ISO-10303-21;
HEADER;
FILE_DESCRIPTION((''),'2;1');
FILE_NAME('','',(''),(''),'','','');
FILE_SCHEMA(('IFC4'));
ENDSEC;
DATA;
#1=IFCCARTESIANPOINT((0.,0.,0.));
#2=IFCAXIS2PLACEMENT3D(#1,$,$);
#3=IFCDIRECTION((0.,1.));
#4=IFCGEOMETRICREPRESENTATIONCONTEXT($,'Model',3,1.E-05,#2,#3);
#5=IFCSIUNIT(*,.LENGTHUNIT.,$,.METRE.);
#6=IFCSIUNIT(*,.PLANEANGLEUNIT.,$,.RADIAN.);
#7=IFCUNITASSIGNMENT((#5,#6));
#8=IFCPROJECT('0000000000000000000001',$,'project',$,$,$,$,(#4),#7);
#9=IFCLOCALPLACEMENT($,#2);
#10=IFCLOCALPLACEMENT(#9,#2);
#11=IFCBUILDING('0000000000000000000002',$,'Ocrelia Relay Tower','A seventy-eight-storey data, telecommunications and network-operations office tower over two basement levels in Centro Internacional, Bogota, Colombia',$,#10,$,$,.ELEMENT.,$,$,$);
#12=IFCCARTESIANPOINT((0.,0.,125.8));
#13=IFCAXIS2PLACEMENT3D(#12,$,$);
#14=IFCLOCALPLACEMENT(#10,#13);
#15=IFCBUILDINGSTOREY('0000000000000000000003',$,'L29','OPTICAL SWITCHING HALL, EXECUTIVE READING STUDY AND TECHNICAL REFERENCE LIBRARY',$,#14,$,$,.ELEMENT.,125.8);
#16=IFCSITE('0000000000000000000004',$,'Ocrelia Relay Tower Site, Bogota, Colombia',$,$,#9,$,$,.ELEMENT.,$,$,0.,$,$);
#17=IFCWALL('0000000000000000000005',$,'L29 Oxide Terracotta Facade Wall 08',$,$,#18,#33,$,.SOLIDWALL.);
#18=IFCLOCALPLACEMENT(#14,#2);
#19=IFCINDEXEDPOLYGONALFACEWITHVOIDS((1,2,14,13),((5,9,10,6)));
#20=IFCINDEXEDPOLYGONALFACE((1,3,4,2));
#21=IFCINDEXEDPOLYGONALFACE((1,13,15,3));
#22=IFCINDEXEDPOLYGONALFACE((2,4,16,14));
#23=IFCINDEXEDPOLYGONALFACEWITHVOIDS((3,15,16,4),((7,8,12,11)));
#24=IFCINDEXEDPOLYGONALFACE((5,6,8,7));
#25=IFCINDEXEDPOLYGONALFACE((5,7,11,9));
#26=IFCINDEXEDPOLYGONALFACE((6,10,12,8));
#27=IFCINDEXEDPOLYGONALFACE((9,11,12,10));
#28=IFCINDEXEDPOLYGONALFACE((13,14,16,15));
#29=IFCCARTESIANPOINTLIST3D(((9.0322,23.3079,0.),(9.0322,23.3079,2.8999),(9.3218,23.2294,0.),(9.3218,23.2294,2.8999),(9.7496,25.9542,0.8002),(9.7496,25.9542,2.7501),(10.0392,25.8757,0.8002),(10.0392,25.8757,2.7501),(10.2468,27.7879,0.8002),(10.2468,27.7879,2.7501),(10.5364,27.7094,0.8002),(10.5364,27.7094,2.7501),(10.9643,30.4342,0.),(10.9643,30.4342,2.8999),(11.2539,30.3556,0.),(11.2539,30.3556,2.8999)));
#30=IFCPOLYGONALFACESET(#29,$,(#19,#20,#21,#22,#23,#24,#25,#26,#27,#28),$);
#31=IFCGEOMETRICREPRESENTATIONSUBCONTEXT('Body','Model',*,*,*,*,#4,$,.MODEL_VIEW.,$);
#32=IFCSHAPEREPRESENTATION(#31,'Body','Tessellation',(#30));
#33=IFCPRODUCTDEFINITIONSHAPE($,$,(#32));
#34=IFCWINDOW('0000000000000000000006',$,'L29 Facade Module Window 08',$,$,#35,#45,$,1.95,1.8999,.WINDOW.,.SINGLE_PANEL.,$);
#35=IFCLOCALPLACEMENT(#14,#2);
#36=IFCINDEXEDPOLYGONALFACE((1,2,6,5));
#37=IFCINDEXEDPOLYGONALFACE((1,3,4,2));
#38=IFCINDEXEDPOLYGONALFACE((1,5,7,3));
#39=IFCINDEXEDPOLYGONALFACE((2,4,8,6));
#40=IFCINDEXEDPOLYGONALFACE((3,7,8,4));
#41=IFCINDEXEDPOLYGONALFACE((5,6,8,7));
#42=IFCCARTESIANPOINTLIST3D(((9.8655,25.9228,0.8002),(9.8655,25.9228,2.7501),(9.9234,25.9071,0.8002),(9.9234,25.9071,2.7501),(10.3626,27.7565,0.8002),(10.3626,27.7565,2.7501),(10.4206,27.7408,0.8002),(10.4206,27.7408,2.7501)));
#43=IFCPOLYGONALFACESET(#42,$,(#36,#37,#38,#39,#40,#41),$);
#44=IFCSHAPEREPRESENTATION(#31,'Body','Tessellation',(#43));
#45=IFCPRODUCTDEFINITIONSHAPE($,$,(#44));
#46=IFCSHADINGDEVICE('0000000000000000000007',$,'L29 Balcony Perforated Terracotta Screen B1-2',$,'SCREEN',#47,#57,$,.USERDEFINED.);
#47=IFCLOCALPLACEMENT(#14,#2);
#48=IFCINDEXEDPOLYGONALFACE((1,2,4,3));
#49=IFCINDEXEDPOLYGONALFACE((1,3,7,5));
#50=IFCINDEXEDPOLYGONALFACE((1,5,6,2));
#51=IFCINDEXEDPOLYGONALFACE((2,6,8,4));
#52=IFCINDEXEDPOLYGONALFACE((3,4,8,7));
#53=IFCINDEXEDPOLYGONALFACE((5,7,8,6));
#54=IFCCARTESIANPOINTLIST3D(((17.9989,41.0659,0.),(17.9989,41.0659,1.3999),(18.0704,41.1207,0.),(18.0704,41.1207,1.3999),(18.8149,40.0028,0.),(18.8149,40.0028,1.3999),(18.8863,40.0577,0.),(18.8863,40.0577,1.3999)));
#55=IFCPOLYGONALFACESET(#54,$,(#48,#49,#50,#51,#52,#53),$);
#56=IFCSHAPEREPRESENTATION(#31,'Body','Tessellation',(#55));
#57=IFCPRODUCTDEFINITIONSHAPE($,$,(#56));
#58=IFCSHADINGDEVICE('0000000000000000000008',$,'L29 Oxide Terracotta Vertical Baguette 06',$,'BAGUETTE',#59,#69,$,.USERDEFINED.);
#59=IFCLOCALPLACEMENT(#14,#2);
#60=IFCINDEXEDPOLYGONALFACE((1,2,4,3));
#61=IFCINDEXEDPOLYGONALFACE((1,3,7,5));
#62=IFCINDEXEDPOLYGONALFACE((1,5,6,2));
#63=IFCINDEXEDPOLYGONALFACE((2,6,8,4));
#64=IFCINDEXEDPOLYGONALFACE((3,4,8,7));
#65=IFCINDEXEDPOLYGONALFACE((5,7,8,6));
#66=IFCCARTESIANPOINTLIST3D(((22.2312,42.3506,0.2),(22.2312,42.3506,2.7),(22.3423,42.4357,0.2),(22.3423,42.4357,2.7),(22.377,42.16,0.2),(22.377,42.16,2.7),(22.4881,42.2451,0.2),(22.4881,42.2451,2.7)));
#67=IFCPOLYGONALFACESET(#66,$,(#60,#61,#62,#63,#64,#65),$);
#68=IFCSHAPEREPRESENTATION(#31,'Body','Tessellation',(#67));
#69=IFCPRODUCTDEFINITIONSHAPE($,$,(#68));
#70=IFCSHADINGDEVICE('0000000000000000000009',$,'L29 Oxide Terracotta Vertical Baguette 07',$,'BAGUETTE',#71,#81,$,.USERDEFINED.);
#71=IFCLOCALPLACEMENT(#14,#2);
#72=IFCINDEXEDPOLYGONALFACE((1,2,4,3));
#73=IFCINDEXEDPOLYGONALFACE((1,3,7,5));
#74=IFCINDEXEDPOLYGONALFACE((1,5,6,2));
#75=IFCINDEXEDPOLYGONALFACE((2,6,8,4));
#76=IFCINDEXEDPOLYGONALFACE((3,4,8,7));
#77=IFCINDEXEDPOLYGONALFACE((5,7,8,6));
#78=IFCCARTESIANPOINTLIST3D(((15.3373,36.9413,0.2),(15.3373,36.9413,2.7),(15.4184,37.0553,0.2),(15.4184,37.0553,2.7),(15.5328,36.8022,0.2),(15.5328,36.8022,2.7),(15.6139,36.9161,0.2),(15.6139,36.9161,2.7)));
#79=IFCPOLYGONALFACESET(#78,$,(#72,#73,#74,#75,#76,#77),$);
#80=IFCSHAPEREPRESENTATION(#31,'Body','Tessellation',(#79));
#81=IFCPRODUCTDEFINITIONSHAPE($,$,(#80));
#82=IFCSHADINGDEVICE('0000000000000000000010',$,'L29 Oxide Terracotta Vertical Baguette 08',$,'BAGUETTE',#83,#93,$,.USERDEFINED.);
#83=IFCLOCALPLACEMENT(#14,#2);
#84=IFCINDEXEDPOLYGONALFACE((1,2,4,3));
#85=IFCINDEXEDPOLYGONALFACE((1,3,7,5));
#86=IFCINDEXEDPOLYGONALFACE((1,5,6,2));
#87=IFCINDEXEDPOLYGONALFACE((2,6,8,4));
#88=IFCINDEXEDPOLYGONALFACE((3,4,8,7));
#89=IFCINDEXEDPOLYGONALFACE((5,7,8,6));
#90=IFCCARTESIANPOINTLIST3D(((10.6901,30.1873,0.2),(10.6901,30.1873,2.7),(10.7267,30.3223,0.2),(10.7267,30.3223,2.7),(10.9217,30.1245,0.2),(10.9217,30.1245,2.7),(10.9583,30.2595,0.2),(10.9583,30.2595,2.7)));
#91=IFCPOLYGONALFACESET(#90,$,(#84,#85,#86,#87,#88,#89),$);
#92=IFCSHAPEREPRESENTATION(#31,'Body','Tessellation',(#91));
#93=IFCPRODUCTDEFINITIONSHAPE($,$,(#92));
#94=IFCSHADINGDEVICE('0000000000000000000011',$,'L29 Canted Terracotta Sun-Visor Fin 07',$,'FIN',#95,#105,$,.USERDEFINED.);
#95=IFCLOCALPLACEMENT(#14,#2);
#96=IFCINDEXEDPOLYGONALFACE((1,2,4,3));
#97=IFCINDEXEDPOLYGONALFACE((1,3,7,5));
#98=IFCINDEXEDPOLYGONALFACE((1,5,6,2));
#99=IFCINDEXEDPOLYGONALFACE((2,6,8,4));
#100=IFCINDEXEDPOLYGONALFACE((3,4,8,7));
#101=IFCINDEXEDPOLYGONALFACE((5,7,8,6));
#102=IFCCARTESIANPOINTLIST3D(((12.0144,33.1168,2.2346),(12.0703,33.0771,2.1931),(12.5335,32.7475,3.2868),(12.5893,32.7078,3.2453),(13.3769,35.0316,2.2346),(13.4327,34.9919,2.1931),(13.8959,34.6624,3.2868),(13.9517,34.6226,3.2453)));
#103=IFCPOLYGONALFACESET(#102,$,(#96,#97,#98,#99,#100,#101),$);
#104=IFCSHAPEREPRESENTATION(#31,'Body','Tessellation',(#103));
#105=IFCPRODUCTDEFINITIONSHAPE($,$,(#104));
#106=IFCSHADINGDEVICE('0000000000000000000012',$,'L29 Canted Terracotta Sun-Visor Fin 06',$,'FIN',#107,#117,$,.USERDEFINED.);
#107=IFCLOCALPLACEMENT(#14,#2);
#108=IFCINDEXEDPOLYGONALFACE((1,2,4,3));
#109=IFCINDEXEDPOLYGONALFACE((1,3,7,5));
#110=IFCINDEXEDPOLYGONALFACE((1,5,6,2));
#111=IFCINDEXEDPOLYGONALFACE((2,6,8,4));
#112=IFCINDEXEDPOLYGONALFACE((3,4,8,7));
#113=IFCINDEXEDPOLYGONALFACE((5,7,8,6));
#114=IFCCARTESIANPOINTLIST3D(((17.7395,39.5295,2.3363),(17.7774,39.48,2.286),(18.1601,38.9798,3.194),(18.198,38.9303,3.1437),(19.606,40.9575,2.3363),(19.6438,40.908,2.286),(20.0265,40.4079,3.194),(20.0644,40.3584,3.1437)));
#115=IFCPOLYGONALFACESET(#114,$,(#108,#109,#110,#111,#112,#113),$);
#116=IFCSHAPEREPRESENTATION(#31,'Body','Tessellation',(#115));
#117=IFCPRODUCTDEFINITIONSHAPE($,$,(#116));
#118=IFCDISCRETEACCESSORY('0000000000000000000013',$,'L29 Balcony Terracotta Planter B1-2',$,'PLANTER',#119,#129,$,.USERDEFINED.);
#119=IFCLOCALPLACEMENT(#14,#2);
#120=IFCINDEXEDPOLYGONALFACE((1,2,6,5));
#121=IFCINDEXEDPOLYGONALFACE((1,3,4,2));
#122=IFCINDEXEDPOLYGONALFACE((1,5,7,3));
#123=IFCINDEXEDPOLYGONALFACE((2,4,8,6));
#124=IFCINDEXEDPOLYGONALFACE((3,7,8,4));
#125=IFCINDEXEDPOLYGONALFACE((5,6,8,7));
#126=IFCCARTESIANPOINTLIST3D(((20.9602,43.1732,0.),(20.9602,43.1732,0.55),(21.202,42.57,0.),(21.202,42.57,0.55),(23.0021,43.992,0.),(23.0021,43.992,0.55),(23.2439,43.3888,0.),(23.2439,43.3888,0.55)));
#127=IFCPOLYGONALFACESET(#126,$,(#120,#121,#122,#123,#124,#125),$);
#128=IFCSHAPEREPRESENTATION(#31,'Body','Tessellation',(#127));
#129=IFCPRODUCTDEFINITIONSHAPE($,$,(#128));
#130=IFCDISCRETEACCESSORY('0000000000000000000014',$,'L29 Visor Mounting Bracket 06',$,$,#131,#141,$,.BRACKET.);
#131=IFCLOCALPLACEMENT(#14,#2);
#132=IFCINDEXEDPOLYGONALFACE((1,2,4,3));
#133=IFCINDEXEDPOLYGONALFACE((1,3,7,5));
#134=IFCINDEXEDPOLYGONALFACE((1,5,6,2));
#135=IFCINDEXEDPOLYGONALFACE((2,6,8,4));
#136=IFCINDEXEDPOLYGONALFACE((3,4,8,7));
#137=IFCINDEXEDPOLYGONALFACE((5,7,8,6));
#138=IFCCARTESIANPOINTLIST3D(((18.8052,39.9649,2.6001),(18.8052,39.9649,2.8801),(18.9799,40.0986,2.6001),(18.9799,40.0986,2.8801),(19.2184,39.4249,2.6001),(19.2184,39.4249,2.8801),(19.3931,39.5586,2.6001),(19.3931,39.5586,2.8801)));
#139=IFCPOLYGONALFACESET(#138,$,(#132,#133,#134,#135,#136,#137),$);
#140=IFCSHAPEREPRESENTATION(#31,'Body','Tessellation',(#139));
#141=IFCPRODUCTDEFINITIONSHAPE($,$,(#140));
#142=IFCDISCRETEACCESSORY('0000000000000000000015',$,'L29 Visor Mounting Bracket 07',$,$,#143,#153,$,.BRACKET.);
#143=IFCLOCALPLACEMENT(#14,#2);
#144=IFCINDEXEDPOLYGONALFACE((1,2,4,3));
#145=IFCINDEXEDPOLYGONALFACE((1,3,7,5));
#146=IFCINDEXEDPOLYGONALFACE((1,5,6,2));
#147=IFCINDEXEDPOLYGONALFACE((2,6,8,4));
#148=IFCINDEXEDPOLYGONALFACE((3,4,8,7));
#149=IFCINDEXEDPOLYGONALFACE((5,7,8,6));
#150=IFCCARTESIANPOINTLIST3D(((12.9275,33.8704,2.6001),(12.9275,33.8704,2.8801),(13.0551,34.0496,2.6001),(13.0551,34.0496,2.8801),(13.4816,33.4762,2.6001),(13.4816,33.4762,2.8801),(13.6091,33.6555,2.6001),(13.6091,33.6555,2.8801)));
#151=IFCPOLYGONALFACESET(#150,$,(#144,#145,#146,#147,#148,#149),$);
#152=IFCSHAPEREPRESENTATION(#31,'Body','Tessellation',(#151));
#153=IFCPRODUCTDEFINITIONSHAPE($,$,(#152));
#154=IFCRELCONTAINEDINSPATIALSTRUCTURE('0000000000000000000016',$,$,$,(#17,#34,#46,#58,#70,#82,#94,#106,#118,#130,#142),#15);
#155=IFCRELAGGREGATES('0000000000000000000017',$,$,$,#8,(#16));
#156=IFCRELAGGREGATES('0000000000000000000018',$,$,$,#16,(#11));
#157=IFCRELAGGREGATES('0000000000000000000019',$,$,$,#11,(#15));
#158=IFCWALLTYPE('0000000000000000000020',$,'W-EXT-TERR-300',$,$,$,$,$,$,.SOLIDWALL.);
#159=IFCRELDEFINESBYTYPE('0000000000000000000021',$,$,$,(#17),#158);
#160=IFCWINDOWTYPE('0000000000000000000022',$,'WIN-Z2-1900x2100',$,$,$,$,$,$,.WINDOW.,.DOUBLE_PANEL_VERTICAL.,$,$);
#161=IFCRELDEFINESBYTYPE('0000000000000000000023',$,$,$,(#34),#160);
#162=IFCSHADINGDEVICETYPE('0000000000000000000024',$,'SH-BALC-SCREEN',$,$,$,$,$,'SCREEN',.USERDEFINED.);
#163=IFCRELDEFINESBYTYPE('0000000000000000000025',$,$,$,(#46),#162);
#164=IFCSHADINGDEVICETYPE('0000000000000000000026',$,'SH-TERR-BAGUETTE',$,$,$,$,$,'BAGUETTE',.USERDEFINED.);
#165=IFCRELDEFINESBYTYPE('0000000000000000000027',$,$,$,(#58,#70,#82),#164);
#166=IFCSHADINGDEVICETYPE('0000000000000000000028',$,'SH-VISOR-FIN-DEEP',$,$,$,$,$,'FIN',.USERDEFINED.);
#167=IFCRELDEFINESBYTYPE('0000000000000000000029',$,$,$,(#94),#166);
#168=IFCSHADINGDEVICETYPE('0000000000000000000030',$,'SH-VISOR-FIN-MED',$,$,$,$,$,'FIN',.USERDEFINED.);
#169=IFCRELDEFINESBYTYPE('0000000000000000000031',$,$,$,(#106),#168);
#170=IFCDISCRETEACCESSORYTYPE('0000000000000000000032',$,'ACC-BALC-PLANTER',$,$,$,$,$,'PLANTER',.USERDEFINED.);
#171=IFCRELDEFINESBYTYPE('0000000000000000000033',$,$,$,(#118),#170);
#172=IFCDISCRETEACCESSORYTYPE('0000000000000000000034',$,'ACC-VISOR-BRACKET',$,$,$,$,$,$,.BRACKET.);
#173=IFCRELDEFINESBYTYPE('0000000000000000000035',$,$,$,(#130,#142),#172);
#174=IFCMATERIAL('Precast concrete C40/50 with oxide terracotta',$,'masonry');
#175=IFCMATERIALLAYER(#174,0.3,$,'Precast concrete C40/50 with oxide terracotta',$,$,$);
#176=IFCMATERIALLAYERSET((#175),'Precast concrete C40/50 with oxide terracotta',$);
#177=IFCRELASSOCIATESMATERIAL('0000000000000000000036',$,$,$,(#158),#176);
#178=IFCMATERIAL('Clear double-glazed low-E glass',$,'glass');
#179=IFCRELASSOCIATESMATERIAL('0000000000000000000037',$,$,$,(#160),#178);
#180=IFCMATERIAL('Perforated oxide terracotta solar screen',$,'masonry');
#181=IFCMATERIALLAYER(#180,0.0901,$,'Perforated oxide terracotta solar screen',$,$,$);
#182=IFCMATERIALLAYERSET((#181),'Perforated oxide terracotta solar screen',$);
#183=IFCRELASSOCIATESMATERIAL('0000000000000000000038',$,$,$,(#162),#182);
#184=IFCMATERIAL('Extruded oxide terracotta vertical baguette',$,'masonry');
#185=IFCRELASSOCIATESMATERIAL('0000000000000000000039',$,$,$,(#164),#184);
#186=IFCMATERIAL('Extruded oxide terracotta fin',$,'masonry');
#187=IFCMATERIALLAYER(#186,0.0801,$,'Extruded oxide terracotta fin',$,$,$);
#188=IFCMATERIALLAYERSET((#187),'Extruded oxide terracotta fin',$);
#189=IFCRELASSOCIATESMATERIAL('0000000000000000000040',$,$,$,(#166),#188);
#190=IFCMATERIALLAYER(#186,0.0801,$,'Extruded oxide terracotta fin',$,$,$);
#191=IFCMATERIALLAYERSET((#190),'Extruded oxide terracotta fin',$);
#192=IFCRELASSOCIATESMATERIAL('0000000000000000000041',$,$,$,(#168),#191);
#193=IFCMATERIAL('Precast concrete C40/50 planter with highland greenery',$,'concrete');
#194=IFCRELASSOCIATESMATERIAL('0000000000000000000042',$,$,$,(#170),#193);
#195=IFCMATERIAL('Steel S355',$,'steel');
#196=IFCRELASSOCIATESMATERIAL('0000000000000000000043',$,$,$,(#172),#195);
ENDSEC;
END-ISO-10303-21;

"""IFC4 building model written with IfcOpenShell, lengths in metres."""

from ifc_helpers import new_model, si_unit, direction, frame, frame_2d, origin, origin_2d, place, context, subcontext, project, spatial, rectangle, extrude, material, layer, layer_set, type_object, element, fill, save


model = new_model("IFC4")

# Units and contexts
model_context = context("Model", 3, precision=1e-05, world=origin(), true_north=direction((0.0, 1.0)))
body_context = subcontext(model_context, "Body", "Model", "MODEL_VIEW")
ifc_project = project(units=[si_unit("LENGTHUNIT", "METRE"), si_unit("PLANEANGLEUNIT", "RADIAN")], contexts=[model_context])

# Site, building, storey
site_placement = place(None, origin())
site = spatial("IfcSite", under=ifc_project, at=site_placement, Name="Ocrelia Relay Tower Site, Bogota, Colombia", CompositionType="ELEMENT", RefElevation=0.0)
building_placement = place(site_placement, origin())
building = spatial("IfcBuilding", under=site, at=building_placement, Name="Ocrelia Relay Tower", Description="A seventy-eight-storey data, telecommunications and network-operations office tower over two basement levels in Centro Internacional, Bogota, Colombia", CompositionType="ELEMENT")
storey_placement = place(building_placement, frame((0.0, 0.0, 125.8)))
storey = spatial("IfcBuildingStorey", under=building, at=storey_placement, Name="L29", Description="OPTICAL SWITCHING HALL, EXECUTIVE READING STUDY AND TECHNICAL REFERENCE LIBRARY", CompositionType="ELEMENT", Elevation=125.8)

# Shared definitions
ifc_material_1 = material(Name="Steel S355", Category="steel")

# Wall, opening, window
ifc_material_2 = material(Name="Precast concrete C40/50 with oxide terracotta", Category="masonry")
ifc_layer_1 = layer(ifc_material_2, 0.3, Name="Precast concrete C40/50 with oxide terracotta")
ifc_layer_set_1 = layer_set([ifc_layer_1], Name="Precast concrete C40/50 with oxide terracotta")
wall_type_1 = type_object("IfcWallType", Name="W-EXT-TERR-300", PredefinedType="SOLIDWALL", material=ifc_layer_set_1)
ifc_material_3 = material(Name="Clear double-glazed low-E glass", Category="glass")
window_type = type_object("IfcWindowType", Name="WIN-Z2-1900x2100", PartitioningType="DOUBLE_PANEL_VERTICAL", PredefinedType="WINDOW", material=ifc_material_3)
wall_1_placement = place(storey_placement, frame((11.1091, 30.395, 0.0), z_axis=(0.0, 0.0, 1.0), x_axis=(-0.261682, -0.965154, 0.0)))
wall_1 = element("IfcWall", 1, at=wall_1_placement, inside=storey, type_object=wall_type_1, Name="L29 Oxide Terracotta Facade Wall 08", PredefinedType="SOLIDWALL", context=body_context, shape_type="SweptSolid", body=[
    extrude(rectangle(XDim=7.3835, YDim=0.3, at=frame_2d((3.6919, 0.0))), origin(), (0.0, 0.0, 1.0), 2.8999),
])
opening_1_placement = place(wall_1_placement, frame((2.7419, 0.0, 0.8)))
opening_1 = element("IfcOpeningElement", 2, at=opening_1_placement, cuts=wall_1, PredefinedType="OPENING", context=body_context, shape_type="SweptSolid", body=[
    extrude(rectangle(XDim=1.8999, YDim=1.95, at=frame_2d((0.95, 0.9751))), frame((0.0, 0.1602, 0.0), z_axis=(0.0, -1.0, 0.0), x_axis=(1.0, 0.0, 0.0)), (0.0, 0.0, 1.0), 0.3201),
])
window_1_placement = place(opening_1_placement, origin())
window_1 = element("IfcWindow", 3, at=window_1_placement, inside=storey, type_object=window_type, Name="L29 Facade Module Window 08", OverallHeight=1.95, OverallWidth=1.8999, PartitioningType="SINGLE_PANEL", PredefinedType="WINDOW", context=body_context, shape_type="SweptSolid", body=[
    extrude(rectangle(XDim=1.8999, YDim=1.95, at=frame_2d((0.95, 0.9751))), frame((0.0, 0.03, 0.0), z_axis=(0.0, -1.0, 0.0), x_axis=(1.0, 0.0, 0.0)), (0.0, 0.0, 1.0), 0.0601),
])
fill(opening_1, window_1)

# Shading devices
ifc_material_4 = material(Name="Perforated oxide terracotta solar screen", Category="masonry")
ifc_layer_2 = layer(ifc_material_4, 0.0901, Name="Perforated oxide terracotta solar screen")
ifc_layer_set_2 = layer_set([ifc_layer_2], Name="Perforated oxide terracotta solar screen")
shading_device_type_1 = type_object("IfcShadingDeviceType", Name="SH-BALC-SCREEN", ElementType="SCREEN", PredefinedType="USERDEFINED", material=ifc_layer_set_2)
shading_device_1_placement = place(storey_placement, frame((18.4426, 40.5618, 0.0), z_axis=(0.0, 0.0, 1.0), x_axis=(-0.60885, 0.793285, 0.0)))
element("IfcShadingDevice", 4, at=shading_device_1_placement, inside=storey, type_object=shading_device_type_1, Name="L29 Balcony Perforated Terracotta Screen B1-2", ObjectType="SCREEN", PredefinedType="USERDEFINED", context=body_context, shape_type="SweptSolid", body=[
    extrude(rectangle(XDim=1.3401, YDim=0.0901, at=origin_2d()), origin(), (0.0, 0.0, 1.0), 1.3999),
])
ifc_material_5 = material(Name="Extruded oxide terracotta vertical baguette", Category="masonry")
shading_device_type_2 = type_object("IfcShadingDeviceType", Name="SH-TERR-BAGUETTE", ElementType="BAGUETTE", PredefinedType="USERDEFINED", material=ifc_material_5)
for number, where, z_axis, x_axis, name in (
    (5, (22.3596, 42.2979, 0.2), (0.0, 0.0, 1.0), (-0.794191, -0.607669, 0.0), "L29 Oxide Terracotta Vertical Baguette 06"),
    (6, (15.4756, 36.9287, 0.2), (0.0, 0.0, 1.0), (-0.579736, -0.814805, 0.0), "L29 Oxide Terracotta Vertical Baguette 07"),
    (7, (10.8242, 30.2234, 0.2), (0.0, 0.0, 1.0), (-0.261673, -0.965157, 0.0), "L29 Oxide Terracotta Vertical Baguette 08"),
):
    element("IfcShadingDevice", number, at=place(storey_placement, frame(where, z_axis=z_axis, x_axis=x_axis)), inside=storey, type_object=shading_device_type_2, Name=name, ObjectType="BAGUETTE", PredefinedType="USERDEFINED", context=body_context, shape_type="SweptSolid", body=[
        extrude(rectangle(XDim=0.1399, YDim=0.24, at=origin_2d()), origin(), (0.0, 0.0, 1.0), 2.5),
    ])
ifc_material_6 = material(Name="Extruded oxide terracotta fin", Category="masonry")
ifc_layer_3 = layer(ifc_material_6, 0.0801, Name="Extruded oxide terracotta fin")
ifc_layer_set_3 = layer_set([ifc_layer_3], Name="Extruded oxide terracotta fin")
shading_device_type_3 = type_object("IfcShadingDeviceType", Name="SH-VISOR-FIN-DEEP", ElementType="FIN", PredefinedType="USERDEFINED", material=ifc_layer_set_3)
shading_device_2_placement = place(storey_placement, frame((13.011, 33.8499, 2.7192), z_axis=(-0.697028, 0.495938, 0.517878), x_axis=(-0.579736, -0.814805, 0.0)))
element("IfcShadingDevice", 8, at=shading_device_2_placement, inside=storey, type_object=shading_device_type_3, Name="L29 Canted Terracotta Sun-Visor Fin 07", ObjectType="FIN", PredefinedType="USERDEFINED", context=body_context, shape_type="SweptSolid", body=[
    extrude(rectangle(XDim=2.3501, YDim=1.23, at=origin_2d()), origin(), (0.0, 0.0, 1.0), 0.0801),
])
ifc_layer_4 = layer(ifc_material_6, 0.0801, Name="Extruded oxide terracotta fin")
ifc_layer_set_4 = layer_set([ifc_layer_4], Name="Extruded oxide terracotta fin")
shading_device_type_4 = type_object("IfcShadingDeviceType", Name="SH-VISOR-FIN-MED", ElementType="FIN", PredefinedType="USERDEFINED", material=ifc_layer_set_4)
shading_device_3_placement = place(storey_placement, frame((18.9209, 39.9192, 2.7148), z_axis=(-0.472914, 0.618073, 0.627963), x_axis=(-0.794191, -0.607669, 0.0)))
element("IfcShadingDevice", 9, at=shading_device_3_placement, inside=storey, type_object=shading_device_type_4, Name="L29 Canted Terracotta Sun-Visor Fin 06", ObjectType="FIN", PredefinedType="USERDEFINED", context=body_context, shape_type="SweptSolid", body=[
    extrude(rectangle(XDim=2.3501, YDim=1.1021, at=origin_2d()), origin(), (0.0, 0.0, 1.0), 0.0801),
])

# Discrete accessories
ifc_material_7 = material(Name="Precast concrete C40/50 planter with highland greenery", Category="concrete")
discrete_accessory_type_1 = type_object("IfcDiscreteAccessoryType", Name="ACC-BALC-PLANTER", ElementType="PLANTER", PredefinedType="USERDEFINED", material=ifc_material_7)
discrete_accessory_placement = place(storey_placement, frame((22.1021, 43.281, 0.0), z_axis=(0.0, 0.0, 1.0), x_axis=(0.928161, 0.372179, 0.0)))
element("IfcDiscreteAccessory", 10, at=discrete_accessory_placement, inside=storey, type_object=discrete_accessory_type_1, Name="L29 Balcony Terracotta Planter B1-2", ObjectType="PLANTER", PredefinedType="USERDEFINED", context=body_context, shape_type="SweptSolid", body=[
    extrude(rectangle(XDim=2.2, YDim=0.6499, at=origin_2d()), origin(), (0.0, 0.0, 1.0), 0.55),
])
discrete_accessory_type_2 = type_object("IfcDiscreteAccessoryType", Name="ACC-VISOR-BRACKET", PredefinedType="BRACKET", material=ifc_material_1)
for number, where, z_axis, x_axis, name in (
    (11, (19.0991, 39.7617, 2.6001), (0.0, 0.0, 1.0), (-0.794191, -0.607669, 0.0), "L29 Visor Mounting Bracket 06"),
    (12, (13.2683, 33.7629, 2.6001), (0.0, 0.0, 1.0), (-0.579736, -0.814805, 0.0), "L29 Visor Mounting Bracket 07"),
):
    element("IfcDiscreteAccessory", number, at=place(storey_placement, frame(where, z_axis=z_axis, x_axis=x_axis)), inside=storey, type_object=discrete_accessory_type_2, Name=name, PredefinedType="BRACKET", context=body_context, shape_type="SweptSolid", body=[
        extrude(rectangle(XDim=0.22, YDim=0.6799, at=origin_2d()), origin(), (0.0, 0.0, 1.0), 0.28),
    ])

save(model, "model.ifc")
